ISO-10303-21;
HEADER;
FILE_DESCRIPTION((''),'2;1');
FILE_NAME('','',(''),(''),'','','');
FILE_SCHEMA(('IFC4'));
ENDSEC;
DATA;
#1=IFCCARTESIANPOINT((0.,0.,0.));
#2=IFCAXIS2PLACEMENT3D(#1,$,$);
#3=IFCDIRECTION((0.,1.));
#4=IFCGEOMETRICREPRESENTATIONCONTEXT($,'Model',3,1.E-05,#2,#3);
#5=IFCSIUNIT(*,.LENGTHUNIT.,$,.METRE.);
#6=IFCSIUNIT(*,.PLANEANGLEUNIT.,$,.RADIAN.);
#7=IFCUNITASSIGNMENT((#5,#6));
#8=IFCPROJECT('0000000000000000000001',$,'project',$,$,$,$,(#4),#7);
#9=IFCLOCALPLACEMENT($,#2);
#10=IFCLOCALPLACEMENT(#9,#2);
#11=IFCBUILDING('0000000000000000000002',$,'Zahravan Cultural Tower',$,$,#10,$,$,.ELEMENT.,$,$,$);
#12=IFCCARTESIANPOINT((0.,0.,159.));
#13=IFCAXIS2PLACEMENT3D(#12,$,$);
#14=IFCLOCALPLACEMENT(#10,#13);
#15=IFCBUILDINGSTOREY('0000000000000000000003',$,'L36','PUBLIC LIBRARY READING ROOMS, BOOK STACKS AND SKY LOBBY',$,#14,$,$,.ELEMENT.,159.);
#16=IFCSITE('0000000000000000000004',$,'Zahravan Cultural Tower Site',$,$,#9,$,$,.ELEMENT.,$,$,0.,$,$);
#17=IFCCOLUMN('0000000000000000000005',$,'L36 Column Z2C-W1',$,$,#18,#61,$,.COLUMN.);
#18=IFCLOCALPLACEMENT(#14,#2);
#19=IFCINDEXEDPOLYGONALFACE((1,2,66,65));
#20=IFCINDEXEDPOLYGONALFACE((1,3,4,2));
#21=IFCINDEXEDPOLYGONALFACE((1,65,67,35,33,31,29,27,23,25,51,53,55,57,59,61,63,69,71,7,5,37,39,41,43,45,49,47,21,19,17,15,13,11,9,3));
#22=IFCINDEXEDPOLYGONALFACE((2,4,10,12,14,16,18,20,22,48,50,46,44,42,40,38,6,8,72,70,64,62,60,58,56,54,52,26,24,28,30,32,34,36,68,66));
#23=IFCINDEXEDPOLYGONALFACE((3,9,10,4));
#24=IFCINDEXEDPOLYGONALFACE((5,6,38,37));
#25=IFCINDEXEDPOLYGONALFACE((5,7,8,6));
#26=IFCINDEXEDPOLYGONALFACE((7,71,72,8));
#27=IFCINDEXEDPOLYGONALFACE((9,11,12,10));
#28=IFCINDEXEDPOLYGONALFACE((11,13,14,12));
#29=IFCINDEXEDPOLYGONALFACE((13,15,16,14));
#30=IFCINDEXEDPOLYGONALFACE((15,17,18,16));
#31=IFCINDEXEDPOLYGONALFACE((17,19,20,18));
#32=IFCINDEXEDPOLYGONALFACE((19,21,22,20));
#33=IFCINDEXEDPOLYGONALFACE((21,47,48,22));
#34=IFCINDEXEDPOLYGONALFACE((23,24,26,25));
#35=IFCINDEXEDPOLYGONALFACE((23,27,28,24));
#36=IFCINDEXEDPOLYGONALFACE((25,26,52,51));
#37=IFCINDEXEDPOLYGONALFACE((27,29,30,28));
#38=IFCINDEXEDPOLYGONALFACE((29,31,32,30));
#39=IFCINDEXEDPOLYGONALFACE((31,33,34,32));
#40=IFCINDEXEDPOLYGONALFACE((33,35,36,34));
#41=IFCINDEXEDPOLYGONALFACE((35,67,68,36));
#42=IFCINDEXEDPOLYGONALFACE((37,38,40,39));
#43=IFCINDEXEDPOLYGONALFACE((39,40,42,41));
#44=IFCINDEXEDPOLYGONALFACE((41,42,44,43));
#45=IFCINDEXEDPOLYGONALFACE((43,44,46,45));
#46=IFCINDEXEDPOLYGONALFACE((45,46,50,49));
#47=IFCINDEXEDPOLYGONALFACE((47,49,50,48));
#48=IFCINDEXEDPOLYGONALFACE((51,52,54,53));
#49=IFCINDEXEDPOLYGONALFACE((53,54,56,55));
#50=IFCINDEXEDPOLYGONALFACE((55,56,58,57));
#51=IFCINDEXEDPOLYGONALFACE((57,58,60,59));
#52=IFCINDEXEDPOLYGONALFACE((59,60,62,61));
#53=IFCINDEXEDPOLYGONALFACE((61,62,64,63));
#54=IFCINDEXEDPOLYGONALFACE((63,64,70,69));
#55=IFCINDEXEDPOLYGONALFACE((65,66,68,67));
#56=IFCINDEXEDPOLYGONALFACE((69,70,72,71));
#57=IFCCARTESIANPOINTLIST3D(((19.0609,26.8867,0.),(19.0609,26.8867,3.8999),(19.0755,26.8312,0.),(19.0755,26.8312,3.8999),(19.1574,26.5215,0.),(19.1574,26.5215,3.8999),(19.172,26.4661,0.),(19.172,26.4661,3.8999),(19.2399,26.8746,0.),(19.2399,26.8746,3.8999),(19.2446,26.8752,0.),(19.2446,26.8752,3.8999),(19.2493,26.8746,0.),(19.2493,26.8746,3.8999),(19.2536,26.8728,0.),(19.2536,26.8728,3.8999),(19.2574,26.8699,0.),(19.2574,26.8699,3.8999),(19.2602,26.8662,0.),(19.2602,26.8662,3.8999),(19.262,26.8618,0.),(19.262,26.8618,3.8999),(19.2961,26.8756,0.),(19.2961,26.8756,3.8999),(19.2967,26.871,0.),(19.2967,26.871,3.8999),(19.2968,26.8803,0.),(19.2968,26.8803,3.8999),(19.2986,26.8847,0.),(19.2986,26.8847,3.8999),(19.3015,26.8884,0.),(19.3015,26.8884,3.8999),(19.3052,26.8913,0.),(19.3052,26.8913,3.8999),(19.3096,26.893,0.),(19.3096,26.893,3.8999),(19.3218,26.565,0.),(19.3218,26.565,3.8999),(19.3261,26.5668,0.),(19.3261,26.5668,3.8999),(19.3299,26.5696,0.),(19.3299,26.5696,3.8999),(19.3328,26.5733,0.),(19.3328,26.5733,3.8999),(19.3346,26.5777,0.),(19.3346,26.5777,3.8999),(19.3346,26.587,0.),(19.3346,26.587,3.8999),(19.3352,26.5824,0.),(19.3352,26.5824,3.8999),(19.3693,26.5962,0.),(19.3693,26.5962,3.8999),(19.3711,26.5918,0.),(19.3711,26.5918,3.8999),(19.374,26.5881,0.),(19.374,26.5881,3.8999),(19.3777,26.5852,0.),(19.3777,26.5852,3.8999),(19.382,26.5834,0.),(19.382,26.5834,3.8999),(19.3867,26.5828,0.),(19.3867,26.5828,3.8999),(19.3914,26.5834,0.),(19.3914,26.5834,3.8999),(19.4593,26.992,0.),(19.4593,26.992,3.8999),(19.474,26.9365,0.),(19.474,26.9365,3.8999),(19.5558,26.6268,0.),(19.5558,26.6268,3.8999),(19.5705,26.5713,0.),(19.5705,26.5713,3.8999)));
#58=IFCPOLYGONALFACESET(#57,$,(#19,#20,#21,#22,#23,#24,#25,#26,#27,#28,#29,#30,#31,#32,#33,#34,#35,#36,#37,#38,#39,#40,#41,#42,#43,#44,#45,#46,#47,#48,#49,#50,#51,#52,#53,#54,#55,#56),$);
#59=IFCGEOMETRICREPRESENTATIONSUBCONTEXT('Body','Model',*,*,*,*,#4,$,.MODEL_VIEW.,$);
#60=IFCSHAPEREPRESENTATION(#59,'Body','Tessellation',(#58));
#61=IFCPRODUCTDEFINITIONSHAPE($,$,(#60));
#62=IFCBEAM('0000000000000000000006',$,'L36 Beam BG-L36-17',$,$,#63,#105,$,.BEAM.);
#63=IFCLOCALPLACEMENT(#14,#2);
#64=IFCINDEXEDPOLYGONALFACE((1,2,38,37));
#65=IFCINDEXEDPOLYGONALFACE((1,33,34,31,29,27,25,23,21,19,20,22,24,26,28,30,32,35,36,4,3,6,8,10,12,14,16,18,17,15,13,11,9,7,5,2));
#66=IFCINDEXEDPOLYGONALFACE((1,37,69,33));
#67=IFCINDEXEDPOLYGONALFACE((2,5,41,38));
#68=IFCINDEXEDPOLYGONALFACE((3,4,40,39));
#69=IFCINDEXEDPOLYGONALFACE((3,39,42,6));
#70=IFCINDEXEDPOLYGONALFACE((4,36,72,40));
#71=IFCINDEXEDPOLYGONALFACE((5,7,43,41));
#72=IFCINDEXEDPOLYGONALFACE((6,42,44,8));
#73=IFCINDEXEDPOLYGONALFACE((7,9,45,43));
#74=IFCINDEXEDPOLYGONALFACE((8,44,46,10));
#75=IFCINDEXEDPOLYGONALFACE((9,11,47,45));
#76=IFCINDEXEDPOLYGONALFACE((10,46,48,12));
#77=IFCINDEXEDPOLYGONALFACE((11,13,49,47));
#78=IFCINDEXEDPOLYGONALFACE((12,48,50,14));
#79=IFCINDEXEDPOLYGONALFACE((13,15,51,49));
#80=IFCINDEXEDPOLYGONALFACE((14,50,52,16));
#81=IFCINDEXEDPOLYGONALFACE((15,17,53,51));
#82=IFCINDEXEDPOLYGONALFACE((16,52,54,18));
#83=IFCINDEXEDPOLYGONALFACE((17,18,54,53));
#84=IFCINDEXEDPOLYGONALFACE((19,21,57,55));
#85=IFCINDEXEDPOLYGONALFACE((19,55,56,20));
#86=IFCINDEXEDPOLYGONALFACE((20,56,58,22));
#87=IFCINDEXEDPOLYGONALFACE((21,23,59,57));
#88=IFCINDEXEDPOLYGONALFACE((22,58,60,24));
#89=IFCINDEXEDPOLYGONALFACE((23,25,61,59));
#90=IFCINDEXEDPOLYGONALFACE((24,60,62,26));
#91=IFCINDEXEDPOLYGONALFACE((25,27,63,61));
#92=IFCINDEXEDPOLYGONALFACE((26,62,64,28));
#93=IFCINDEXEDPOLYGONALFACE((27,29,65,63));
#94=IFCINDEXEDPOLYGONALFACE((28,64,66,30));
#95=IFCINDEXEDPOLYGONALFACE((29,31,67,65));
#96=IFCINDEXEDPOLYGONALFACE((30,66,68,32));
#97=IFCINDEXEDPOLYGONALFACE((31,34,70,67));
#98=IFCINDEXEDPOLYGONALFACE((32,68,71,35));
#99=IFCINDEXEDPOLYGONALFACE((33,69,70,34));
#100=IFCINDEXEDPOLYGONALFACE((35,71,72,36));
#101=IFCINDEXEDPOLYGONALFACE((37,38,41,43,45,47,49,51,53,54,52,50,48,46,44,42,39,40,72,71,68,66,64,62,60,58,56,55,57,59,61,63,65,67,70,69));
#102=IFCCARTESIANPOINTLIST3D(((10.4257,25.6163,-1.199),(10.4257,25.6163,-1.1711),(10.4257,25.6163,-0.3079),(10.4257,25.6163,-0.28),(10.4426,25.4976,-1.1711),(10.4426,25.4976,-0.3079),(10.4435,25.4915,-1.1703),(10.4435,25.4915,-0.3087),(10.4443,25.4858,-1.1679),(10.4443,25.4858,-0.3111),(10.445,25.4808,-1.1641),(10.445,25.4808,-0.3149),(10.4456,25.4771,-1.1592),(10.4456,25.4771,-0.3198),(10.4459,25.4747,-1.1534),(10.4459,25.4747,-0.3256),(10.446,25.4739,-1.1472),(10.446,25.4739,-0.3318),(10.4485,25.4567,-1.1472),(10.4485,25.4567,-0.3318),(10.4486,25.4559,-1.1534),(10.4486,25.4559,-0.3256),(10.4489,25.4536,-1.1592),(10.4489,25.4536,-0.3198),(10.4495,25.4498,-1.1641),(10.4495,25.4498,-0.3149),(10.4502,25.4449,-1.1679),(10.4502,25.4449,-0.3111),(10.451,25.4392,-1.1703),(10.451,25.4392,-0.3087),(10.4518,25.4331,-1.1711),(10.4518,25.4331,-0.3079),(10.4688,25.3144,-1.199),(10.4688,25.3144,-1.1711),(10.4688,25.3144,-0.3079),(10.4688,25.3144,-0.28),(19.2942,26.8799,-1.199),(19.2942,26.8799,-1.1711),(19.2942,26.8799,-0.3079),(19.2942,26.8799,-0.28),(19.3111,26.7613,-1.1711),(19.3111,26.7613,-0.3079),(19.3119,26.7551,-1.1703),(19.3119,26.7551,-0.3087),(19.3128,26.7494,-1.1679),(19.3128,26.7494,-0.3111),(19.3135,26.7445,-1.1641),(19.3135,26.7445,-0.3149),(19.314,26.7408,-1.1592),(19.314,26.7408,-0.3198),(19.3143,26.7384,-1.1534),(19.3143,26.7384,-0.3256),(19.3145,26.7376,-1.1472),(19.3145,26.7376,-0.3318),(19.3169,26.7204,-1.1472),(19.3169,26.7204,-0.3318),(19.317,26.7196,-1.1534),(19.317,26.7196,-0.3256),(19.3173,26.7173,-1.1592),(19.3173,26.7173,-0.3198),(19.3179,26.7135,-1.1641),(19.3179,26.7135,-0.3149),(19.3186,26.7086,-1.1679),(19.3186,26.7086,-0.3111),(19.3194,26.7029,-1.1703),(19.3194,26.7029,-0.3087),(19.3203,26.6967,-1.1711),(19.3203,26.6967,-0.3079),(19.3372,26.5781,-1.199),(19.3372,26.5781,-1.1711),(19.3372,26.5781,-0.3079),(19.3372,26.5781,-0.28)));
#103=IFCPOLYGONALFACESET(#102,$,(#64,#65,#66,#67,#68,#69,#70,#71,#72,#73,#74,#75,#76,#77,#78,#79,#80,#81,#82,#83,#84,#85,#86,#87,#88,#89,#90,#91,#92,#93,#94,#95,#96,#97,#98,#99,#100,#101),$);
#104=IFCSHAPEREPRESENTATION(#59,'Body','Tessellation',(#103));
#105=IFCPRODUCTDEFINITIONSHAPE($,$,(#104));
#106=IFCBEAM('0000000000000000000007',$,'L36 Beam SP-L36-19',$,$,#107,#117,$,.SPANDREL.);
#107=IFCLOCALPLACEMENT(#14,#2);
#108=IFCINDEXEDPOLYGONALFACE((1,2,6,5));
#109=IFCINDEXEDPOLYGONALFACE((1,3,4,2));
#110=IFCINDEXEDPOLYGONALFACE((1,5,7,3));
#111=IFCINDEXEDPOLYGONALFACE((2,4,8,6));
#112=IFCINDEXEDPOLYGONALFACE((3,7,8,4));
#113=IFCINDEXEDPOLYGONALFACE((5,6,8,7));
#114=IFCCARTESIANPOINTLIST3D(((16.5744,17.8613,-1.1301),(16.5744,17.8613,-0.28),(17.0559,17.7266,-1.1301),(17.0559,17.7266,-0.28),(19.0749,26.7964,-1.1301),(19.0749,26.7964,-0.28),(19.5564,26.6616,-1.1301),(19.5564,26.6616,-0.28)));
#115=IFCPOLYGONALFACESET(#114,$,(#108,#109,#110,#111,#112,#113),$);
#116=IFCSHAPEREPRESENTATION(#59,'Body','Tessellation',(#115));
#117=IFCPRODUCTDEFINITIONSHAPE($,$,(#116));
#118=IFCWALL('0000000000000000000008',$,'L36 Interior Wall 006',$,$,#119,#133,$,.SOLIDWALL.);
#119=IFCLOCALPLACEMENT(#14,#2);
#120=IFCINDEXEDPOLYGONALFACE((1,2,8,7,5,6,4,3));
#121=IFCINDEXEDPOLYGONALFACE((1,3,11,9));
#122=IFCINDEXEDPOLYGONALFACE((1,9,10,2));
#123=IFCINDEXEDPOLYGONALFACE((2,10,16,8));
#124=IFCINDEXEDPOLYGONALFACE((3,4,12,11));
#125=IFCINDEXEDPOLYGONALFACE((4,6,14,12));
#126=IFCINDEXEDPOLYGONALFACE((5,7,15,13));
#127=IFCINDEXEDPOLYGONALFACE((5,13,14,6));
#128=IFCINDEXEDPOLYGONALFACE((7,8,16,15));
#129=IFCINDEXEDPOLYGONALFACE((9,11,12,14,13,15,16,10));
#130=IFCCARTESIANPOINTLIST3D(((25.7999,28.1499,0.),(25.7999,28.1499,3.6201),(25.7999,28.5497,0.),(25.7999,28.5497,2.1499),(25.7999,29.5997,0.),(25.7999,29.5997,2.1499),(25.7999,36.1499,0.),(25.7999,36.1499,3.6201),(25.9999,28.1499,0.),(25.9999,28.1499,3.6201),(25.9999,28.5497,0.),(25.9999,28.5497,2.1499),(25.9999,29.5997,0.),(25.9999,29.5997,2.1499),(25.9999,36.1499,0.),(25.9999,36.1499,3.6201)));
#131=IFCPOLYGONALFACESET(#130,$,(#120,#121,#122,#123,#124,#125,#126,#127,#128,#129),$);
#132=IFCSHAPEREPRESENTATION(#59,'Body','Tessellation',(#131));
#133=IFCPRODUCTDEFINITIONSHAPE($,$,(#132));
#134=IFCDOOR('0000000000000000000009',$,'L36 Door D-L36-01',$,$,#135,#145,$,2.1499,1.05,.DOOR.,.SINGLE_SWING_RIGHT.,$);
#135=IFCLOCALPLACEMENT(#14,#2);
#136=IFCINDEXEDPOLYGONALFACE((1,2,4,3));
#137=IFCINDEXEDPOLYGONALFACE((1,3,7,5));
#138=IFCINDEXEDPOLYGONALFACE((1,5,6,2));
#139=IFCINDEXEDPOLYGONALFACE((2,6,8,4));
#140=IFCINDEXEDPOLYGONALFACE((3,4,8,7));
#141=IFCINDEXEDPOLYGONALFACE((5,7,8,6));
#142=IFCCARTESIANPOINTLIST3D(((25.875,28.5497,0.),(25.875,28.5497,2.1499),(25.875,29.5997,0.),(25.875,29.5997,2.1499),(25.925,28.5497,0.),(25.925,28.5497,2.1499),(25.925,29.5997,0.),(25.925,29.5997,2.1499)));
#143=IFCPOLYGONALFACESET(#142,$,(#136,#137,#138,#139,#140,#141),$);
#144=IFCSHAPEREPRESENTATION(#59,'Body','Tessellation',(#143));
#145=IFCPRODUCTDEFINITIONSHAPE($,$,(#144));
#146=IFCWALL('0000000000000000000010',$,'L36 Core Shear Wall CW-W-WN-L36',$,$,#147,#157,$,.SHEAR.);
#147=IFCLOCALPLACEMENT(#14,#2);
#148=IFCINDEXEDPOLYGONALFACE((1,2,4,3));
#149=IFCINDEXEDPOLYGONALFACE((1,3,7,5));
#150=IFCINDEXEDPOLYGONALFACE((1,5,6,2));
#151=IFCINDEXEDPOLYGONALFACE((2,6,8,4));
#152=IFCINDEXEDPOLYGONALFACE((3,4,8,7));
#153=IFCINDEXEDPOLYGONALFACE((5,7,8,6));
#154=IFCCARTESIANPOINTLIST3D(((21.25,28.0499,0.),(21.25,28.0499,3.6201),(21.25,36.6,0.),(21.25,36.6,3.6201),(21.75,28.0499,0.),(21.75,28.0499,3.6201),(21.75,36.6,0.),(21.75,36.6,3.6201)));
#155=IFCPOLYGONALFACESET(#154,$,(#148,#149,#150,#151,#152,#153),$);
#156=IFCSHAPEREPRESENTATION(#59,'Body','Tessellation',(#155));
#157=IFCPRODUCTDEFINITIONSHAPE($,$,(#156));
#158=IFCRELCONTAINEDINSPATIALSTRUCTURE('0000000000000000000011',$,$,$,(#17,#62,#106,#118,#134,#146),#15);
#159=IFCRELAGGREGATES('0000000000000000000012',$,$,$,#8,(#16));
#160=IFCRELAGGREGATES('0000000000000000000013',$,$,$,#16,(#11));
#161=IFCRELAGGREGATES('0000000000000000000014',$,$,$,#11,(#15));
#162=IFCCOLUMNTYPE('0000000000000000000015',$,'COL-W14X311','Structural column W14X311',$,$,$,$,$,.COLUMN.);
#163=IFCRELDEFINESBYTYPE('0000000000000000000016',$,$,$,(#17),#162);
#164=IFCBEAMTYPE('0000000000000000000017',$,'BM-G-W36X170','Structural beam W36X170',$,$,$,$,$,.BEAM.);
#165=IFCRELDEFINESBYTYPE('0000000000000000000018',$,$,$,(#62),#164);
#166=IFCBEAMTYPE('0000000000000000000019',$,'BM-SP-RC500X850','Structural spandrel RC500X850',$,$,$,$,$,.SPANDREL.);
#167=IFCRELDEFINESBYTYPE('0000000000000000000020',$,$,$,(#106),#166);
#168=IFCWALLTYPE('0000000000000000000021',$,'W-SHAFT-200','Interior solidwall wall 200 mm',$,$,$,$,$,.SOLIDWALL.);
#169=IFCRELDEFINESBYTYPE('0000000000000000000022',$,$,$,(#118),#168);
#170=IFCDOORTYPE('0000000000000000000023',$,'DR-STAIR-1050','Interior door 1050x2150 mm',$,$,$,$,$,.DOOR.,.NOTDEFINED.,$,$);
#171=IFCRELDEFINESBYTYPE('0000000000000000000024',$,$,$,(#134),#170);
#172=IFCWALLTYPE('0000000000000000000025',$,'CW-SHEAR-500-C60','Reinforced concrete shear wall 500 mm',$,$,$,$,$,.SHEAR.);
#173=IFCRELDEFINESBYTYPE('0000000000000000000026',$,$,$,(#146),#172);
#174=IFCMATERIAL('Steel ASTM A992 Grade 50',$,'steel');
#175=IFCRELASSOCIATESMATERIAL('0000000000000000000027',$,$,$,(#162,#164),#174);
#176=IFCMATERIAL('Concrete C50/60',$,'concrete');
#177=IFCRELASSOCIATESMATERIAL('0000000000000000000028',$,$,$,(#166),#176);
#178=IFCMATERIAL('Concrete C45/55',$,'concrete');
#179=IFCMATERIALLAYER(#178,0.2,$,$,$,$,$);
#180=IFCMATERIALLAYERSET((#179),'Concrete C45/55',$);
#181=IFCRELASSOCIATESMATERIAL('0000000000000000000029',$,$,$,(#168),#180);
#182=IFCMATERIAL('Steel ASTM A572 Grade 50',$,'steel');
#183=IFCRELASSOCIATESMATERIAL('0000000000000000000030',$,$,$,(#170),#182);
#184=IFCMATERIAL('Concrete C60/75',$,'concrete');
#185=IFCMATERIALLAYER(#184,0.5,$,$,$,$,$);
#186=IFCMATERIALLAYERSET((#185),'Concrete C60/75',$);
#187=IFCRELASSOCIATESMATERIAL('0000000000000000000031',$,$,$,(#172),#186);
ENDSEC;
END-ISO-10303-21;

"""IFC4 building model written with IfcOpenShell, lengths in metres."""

from ifc_helpers import new_model, si_unit, direction, frame, frame_2d, origin, origin_2d, place, context, subcontext, project, spatial, rectangle, i_section, extrude, source, transform, mapped, material, layer, layer_set, material_profile, profile_set, type_object, element, fill, save


model = new_model("IFC4")

# Units and contexts
model_context = context("Model", 3, precision=1e-05, world=origin(), true_north=direction((0.0, 1.0)))
body_context = subcontext(model_context, "Body", "Model", "MODEL_VIEW")
ifc_project = project(units=[si_unit("LENGTHUNIT", "METRE"), si_unit("PLANEANGLEUNIT", "RADIAN")], contexts=[model_context])

# Site, building, storey
site_placement = place(None, origin())
site = spatial("IfcSite", under=ifc_project, at=site_placement, Name="Zahravan Cultural Tower Site", CompositionType="ELEMENT", RefElevation=0.0)
building_placement = place(site_placement, origin())
building = spatial("IfcBuilding", under=site, at=building_placement, Name="Zahravan Cultural Tower", CompositionType="ELEMENT")
storey_placement = place(building_placement, frame((0.0, 0.0, 159.0)))
storey = spatial("IfcBuildingStorey", under=building, at=storey_placement, Name="L36", Description="PUBLIC LIBRARY READING ROOMS, BOOK STACKS AND SKY LOBBY", CompositionType="ELEMENT", Elevation=159.0)

# Column
ifc_material_1 = material(Name="Steel ASTM A992 Grade 50", Category="steel")
ifc_material_profile_1 = material_profile(ifc_material_1, i_section(OverallWidth=0.4121, OverallDepth=0.4351, WebThickness=0.0359, FlangeThickness=0.0574, FilletRadius=0.0181, at=origin_2d()), Name="W14X311")
ifc_profile_set_1 = profile_set([ifc_material_profile_1], Name="Steel ASTM A992 Grade 50")
column_type = type_object("IfcColumnType", Name="COL-W14X311", Description="Structural column W14X311", PredefinedType="COLUMN", material=ifc_profile_set_1)
shared_shape_1 = source(origin(), body_context, "Body", "SweptSolid", [
    extrude(i_section(OverallWidth=0.4121, OverallDepth=0.4351, WebThickness=0.0359, FlangeThickness=0.0574, FilletRadius=0.0181, at=origin_2d()), origin(), (0.0, 0.0, 1.0), 3.8999),
])
column_placement = place(storey_placement, frame((19.3157, 26.729, 0.0), z_axis=(0.0, 0.0, 1.0), x_axis=(0.966823, 0.255446, 0.0)))
element("IfcColumn", 1, at=column_placement, inside=storey, type_object=column_type, Name="L36 Column Z2C-W1", PredefinedType="COLUMN", context=body_context, shape_type="MappedRepresentation", body=[
    mapped(shared_shape_1, transform((0.0, 0.0, 0.0), x_axis=(1.0, 0.0, 0.0), y_axis=(0.0, 1.0, 0.0), z_axis=(0.0, 0.0, 1.0), scale=1.0)),
])

# Beams
ifc_material_profile_2 = material_profile(ifc_material_1, i_section(OverallWidth=0.3049, OverallDepth=0.9189, WebThickness=0.0173, FlangeThickness=0.0278, FilletRadius=0.0239, at=origin_2d()), Name="W36X170")
ifc_profile_set_2 = profile_set([ifc_material_profile_2], Name="Steel ASTM A992 Grade 50")
beam_type_1 = type_object("IfcBeamType", Name="BM-G-W36X170", Description="Structural beam W36X170", PredefinedType="BEAM", material=ifc_profile_set_2)
shared_shape_2 = source(origin(), body_context, "Body", "SweptSolid", [
    extrude(i_section(OverallWidth=0.3049, OverallDepth=0.9189, WebThickness=0.0173, FlangeThickness=0.0278, FilletRadius=0.0239, at=origin_2d()), origin(), (0.0, 0.0, 1.0), 8.958),
])
beam_1_placement = place(storey_placement, frame((19.3157, 26.729, -0.7395), z_axis=(-0.99, -0.141067, 0.0), x_axis=(0.141067, -0.99, 0.0)))
element("IfcBeam", 2, at=beam_1_placement, inside=storey, type_object=beam_type_1, Name="L36 Beam BG-L36-17", PredefinedType="BEAM", context=body_context, shape_type="MappedRepresentation", body=[
    mapped(shared_shape_2, transform((0.0, 0.0, 0.0), x_axis=(1.0, 0.0, 0.0), y_axis=(0.0, 1.0, 0.0), z_axis=(0.0, 0.0, 1.0), scale=1.0)),
])
ifc_material_2 = material(Name="Concrete C50/60", Category="concrete")
ifc_material_profile_3 = material_profile(ifc_material_2, rectangle(XDim=0.5, YDim=0.8501, at=origin_2d()), Name="RC500X850")
ifc_profile_set_3 = profile_set([ifc_material_profile_3], Name="Concrete C50/60")
beam_type_2 = type_object("IfcBeamType", Name="BM-SP-RC500X850", Description="Structural spandrel RC500X850", PredefinedType="SPANDREL", material=ifc_profile_set_3)
shared_shape_3 = source(origin(), body_context, "Body", "SweptSolid", [
    extrude(rectangle(XDim=0.5, YDim=0.8501, at=origin_2d()), origin(), (0.0, 0.0, 1.0), 9.2783),
])
beam_2_placement = place(storey_placement, frame((19.3157, 26.729, -0.7051), z_axis=(-0.269497, -0.963001, 0.0), x_axis=(0.963001, -0.269497, 0.0)))
element("IfcBeam", 3, at=beam_2_placement, inside=storey, type_object=beam_type_2, Name="L36 Beam SP-L36-19", PredefinedType="SPANDREL", context=body_context, shape_type="MappedRepresentation", body=[
    mapped(shared_shape_3, transform((0.0, 0.0, 0.0), x_axis=(1.0, 0.0, 0.0), y_axis=(0.0, 1.0, 0.0), z_axis=(0.0, 0.0, 1.0), scale=1.0)),
])

# Wall, opening, door
ifc_material_3 = material(Name="Concrete C45/55", Category="concrete")
ifc_layer_1 = layer(ifc_material_3, 0.2)
ifc_layer_set_1 = layer_set([ifc_layer_1], Name="Concrete C45/55")
wall_type_1 = type_object("IfcWallType", Name="W-SHAFT-200", Description="Interior solidwall wall 200 mm", PredefinedType="SOLIDWALL", material=ifc_layer_set_1)
wall_1_placement = place(storey_placement, frame((25.8999, 28.1499, 0.0), z_axis=(0.0, 0.0, 1.0), x_axis=(0.0, 1.0, 0.0)))
wall_1 = element("IfcWall", 4, at=wall_1_placement, inside=storey, type_object=wall_type_1, Name="L36 Interior Wall 006", PredefinedType="SOLIDWALL", context=body_context, shape_type="SweptSolid", body=[
    extrude(rectangle(XDim=8.0, YDim=0.2, at=frame_2d((4.0, 0.0))), origin(), (0.0, 0.0, 1.0), 3.6201),
])
opening_placement = place(wall_1_placement, frame((0.3999, 0.0, 0.0)))
opening = element("IfcOpeningElement", 5, at=opening_placement, cuts=wall_1, PredefinedType="OPENING", context=body_context, shape_type="SweptSolid", body=[
    extrude(rectangle(XDim=1.05, YDim=2.1499, at=frame_2d((0.5249, 1.075))), frame((0.0, 0.1099, 0.0), z_axis=(0.0, -1.0, 0.0), x_axis=(1.0, 0.0, 0.0)), (0.0, 0.0, 1.0), 0.22),
])
ifc_material_4 = material(Name="Steel ASTM A572 Grade 50", Category="steel")
door_type = type_object("IfcDoorType", Name="DR-STAIR-1050", Description="Interior door 1050x2150 mm", OperationType="NOTDEFINED", PredefinedType="DOOR", material=ifc_material_4)
shared_shape_4 = source(origin(), body_context, "Body", "SweptSolid", [
    extrude(rectangle(XDim=1.05, YDim=2.1499, at=frame_2d((0.5249, 1.075))), frame((0.0, 0.0249, 0.0), z_axis=(0.0, -1.0, 0.0), x_axis=(1.0, 0.0, 0.0)), (0.0, 0.0, 1.0), 0.05),
])
door_placement = place(opening_placement, origin())
door = element("IfcDoor", 6, at=door_placement, inside=storey, type_object=door_type, Name="L36 Door D-L36-01", OperationType="SINGLE_SWING_RIGHT", OverallHeight=2.1499, OverallWidth=1.05, PredefinedType="DOOR", context=body_context, shape_type="MappedRepresentation", body=[
    mapped(shared_shape_4, transform((0.0, 0.0, 0.0), x_axis=(1.0, 0.0, 0.0), y_axis=(0.0, 1.0, 0.0), z_axis=(0.0, 0.0, 1.0), scale=1.0)),
])
fill(opening, door)

# Wall
ifc_material_5 = material(Name="Concrete C60/75", Category="concrete")
ifc_layer_2 = layer(ifc_material_5, 0.5)
ifc_layer_set_2 = layer_set([ifc_layer_2], Name="Concrete C60/75")
wall_type_2 = type_object("IfcWallType", Name="CW-SHEAR-500-C60", Description="Reinforced concrete shear wall 500 mm", PredefinedType="SHEAR", material=ifc_layer_set_2)
shared_shape_5 = source(origin(), body_context, "Body", "SweptSolid", [
    extrude(rectangle(XDim=8.55, YDim=0.5, at=frame_2d((4.2749, 0.0))), origin(), (0.0, 0.0, 1.0), 3.6201),
])
wall_2_placement = place(storey_placement, frame((21.5, 28.05, 0.0), z_axis=(0.0, 0.0, 1.0), x_axis=(0.0, 1.0, 0.0)))
element("IfcWall", 7, at=wall_2_placement, inside=storey, type_object=wall_type_2, Name="L36 Core Shear Wall CW-W-WN-L36", PredefinedType="SHEAR", context=body_context, shape_type="MappedRepresentation", body=[
    mapped(shared_shape_5, transform((0.0, 0.0, 0.0), x_axis=(1.0, 0.0, 0.0), y_axis=(0.0, 1.0, 0.0), z_axis=(0.0, 0.0, 1.0), scale=1.0)),
])

save(model, "model.ifc")
